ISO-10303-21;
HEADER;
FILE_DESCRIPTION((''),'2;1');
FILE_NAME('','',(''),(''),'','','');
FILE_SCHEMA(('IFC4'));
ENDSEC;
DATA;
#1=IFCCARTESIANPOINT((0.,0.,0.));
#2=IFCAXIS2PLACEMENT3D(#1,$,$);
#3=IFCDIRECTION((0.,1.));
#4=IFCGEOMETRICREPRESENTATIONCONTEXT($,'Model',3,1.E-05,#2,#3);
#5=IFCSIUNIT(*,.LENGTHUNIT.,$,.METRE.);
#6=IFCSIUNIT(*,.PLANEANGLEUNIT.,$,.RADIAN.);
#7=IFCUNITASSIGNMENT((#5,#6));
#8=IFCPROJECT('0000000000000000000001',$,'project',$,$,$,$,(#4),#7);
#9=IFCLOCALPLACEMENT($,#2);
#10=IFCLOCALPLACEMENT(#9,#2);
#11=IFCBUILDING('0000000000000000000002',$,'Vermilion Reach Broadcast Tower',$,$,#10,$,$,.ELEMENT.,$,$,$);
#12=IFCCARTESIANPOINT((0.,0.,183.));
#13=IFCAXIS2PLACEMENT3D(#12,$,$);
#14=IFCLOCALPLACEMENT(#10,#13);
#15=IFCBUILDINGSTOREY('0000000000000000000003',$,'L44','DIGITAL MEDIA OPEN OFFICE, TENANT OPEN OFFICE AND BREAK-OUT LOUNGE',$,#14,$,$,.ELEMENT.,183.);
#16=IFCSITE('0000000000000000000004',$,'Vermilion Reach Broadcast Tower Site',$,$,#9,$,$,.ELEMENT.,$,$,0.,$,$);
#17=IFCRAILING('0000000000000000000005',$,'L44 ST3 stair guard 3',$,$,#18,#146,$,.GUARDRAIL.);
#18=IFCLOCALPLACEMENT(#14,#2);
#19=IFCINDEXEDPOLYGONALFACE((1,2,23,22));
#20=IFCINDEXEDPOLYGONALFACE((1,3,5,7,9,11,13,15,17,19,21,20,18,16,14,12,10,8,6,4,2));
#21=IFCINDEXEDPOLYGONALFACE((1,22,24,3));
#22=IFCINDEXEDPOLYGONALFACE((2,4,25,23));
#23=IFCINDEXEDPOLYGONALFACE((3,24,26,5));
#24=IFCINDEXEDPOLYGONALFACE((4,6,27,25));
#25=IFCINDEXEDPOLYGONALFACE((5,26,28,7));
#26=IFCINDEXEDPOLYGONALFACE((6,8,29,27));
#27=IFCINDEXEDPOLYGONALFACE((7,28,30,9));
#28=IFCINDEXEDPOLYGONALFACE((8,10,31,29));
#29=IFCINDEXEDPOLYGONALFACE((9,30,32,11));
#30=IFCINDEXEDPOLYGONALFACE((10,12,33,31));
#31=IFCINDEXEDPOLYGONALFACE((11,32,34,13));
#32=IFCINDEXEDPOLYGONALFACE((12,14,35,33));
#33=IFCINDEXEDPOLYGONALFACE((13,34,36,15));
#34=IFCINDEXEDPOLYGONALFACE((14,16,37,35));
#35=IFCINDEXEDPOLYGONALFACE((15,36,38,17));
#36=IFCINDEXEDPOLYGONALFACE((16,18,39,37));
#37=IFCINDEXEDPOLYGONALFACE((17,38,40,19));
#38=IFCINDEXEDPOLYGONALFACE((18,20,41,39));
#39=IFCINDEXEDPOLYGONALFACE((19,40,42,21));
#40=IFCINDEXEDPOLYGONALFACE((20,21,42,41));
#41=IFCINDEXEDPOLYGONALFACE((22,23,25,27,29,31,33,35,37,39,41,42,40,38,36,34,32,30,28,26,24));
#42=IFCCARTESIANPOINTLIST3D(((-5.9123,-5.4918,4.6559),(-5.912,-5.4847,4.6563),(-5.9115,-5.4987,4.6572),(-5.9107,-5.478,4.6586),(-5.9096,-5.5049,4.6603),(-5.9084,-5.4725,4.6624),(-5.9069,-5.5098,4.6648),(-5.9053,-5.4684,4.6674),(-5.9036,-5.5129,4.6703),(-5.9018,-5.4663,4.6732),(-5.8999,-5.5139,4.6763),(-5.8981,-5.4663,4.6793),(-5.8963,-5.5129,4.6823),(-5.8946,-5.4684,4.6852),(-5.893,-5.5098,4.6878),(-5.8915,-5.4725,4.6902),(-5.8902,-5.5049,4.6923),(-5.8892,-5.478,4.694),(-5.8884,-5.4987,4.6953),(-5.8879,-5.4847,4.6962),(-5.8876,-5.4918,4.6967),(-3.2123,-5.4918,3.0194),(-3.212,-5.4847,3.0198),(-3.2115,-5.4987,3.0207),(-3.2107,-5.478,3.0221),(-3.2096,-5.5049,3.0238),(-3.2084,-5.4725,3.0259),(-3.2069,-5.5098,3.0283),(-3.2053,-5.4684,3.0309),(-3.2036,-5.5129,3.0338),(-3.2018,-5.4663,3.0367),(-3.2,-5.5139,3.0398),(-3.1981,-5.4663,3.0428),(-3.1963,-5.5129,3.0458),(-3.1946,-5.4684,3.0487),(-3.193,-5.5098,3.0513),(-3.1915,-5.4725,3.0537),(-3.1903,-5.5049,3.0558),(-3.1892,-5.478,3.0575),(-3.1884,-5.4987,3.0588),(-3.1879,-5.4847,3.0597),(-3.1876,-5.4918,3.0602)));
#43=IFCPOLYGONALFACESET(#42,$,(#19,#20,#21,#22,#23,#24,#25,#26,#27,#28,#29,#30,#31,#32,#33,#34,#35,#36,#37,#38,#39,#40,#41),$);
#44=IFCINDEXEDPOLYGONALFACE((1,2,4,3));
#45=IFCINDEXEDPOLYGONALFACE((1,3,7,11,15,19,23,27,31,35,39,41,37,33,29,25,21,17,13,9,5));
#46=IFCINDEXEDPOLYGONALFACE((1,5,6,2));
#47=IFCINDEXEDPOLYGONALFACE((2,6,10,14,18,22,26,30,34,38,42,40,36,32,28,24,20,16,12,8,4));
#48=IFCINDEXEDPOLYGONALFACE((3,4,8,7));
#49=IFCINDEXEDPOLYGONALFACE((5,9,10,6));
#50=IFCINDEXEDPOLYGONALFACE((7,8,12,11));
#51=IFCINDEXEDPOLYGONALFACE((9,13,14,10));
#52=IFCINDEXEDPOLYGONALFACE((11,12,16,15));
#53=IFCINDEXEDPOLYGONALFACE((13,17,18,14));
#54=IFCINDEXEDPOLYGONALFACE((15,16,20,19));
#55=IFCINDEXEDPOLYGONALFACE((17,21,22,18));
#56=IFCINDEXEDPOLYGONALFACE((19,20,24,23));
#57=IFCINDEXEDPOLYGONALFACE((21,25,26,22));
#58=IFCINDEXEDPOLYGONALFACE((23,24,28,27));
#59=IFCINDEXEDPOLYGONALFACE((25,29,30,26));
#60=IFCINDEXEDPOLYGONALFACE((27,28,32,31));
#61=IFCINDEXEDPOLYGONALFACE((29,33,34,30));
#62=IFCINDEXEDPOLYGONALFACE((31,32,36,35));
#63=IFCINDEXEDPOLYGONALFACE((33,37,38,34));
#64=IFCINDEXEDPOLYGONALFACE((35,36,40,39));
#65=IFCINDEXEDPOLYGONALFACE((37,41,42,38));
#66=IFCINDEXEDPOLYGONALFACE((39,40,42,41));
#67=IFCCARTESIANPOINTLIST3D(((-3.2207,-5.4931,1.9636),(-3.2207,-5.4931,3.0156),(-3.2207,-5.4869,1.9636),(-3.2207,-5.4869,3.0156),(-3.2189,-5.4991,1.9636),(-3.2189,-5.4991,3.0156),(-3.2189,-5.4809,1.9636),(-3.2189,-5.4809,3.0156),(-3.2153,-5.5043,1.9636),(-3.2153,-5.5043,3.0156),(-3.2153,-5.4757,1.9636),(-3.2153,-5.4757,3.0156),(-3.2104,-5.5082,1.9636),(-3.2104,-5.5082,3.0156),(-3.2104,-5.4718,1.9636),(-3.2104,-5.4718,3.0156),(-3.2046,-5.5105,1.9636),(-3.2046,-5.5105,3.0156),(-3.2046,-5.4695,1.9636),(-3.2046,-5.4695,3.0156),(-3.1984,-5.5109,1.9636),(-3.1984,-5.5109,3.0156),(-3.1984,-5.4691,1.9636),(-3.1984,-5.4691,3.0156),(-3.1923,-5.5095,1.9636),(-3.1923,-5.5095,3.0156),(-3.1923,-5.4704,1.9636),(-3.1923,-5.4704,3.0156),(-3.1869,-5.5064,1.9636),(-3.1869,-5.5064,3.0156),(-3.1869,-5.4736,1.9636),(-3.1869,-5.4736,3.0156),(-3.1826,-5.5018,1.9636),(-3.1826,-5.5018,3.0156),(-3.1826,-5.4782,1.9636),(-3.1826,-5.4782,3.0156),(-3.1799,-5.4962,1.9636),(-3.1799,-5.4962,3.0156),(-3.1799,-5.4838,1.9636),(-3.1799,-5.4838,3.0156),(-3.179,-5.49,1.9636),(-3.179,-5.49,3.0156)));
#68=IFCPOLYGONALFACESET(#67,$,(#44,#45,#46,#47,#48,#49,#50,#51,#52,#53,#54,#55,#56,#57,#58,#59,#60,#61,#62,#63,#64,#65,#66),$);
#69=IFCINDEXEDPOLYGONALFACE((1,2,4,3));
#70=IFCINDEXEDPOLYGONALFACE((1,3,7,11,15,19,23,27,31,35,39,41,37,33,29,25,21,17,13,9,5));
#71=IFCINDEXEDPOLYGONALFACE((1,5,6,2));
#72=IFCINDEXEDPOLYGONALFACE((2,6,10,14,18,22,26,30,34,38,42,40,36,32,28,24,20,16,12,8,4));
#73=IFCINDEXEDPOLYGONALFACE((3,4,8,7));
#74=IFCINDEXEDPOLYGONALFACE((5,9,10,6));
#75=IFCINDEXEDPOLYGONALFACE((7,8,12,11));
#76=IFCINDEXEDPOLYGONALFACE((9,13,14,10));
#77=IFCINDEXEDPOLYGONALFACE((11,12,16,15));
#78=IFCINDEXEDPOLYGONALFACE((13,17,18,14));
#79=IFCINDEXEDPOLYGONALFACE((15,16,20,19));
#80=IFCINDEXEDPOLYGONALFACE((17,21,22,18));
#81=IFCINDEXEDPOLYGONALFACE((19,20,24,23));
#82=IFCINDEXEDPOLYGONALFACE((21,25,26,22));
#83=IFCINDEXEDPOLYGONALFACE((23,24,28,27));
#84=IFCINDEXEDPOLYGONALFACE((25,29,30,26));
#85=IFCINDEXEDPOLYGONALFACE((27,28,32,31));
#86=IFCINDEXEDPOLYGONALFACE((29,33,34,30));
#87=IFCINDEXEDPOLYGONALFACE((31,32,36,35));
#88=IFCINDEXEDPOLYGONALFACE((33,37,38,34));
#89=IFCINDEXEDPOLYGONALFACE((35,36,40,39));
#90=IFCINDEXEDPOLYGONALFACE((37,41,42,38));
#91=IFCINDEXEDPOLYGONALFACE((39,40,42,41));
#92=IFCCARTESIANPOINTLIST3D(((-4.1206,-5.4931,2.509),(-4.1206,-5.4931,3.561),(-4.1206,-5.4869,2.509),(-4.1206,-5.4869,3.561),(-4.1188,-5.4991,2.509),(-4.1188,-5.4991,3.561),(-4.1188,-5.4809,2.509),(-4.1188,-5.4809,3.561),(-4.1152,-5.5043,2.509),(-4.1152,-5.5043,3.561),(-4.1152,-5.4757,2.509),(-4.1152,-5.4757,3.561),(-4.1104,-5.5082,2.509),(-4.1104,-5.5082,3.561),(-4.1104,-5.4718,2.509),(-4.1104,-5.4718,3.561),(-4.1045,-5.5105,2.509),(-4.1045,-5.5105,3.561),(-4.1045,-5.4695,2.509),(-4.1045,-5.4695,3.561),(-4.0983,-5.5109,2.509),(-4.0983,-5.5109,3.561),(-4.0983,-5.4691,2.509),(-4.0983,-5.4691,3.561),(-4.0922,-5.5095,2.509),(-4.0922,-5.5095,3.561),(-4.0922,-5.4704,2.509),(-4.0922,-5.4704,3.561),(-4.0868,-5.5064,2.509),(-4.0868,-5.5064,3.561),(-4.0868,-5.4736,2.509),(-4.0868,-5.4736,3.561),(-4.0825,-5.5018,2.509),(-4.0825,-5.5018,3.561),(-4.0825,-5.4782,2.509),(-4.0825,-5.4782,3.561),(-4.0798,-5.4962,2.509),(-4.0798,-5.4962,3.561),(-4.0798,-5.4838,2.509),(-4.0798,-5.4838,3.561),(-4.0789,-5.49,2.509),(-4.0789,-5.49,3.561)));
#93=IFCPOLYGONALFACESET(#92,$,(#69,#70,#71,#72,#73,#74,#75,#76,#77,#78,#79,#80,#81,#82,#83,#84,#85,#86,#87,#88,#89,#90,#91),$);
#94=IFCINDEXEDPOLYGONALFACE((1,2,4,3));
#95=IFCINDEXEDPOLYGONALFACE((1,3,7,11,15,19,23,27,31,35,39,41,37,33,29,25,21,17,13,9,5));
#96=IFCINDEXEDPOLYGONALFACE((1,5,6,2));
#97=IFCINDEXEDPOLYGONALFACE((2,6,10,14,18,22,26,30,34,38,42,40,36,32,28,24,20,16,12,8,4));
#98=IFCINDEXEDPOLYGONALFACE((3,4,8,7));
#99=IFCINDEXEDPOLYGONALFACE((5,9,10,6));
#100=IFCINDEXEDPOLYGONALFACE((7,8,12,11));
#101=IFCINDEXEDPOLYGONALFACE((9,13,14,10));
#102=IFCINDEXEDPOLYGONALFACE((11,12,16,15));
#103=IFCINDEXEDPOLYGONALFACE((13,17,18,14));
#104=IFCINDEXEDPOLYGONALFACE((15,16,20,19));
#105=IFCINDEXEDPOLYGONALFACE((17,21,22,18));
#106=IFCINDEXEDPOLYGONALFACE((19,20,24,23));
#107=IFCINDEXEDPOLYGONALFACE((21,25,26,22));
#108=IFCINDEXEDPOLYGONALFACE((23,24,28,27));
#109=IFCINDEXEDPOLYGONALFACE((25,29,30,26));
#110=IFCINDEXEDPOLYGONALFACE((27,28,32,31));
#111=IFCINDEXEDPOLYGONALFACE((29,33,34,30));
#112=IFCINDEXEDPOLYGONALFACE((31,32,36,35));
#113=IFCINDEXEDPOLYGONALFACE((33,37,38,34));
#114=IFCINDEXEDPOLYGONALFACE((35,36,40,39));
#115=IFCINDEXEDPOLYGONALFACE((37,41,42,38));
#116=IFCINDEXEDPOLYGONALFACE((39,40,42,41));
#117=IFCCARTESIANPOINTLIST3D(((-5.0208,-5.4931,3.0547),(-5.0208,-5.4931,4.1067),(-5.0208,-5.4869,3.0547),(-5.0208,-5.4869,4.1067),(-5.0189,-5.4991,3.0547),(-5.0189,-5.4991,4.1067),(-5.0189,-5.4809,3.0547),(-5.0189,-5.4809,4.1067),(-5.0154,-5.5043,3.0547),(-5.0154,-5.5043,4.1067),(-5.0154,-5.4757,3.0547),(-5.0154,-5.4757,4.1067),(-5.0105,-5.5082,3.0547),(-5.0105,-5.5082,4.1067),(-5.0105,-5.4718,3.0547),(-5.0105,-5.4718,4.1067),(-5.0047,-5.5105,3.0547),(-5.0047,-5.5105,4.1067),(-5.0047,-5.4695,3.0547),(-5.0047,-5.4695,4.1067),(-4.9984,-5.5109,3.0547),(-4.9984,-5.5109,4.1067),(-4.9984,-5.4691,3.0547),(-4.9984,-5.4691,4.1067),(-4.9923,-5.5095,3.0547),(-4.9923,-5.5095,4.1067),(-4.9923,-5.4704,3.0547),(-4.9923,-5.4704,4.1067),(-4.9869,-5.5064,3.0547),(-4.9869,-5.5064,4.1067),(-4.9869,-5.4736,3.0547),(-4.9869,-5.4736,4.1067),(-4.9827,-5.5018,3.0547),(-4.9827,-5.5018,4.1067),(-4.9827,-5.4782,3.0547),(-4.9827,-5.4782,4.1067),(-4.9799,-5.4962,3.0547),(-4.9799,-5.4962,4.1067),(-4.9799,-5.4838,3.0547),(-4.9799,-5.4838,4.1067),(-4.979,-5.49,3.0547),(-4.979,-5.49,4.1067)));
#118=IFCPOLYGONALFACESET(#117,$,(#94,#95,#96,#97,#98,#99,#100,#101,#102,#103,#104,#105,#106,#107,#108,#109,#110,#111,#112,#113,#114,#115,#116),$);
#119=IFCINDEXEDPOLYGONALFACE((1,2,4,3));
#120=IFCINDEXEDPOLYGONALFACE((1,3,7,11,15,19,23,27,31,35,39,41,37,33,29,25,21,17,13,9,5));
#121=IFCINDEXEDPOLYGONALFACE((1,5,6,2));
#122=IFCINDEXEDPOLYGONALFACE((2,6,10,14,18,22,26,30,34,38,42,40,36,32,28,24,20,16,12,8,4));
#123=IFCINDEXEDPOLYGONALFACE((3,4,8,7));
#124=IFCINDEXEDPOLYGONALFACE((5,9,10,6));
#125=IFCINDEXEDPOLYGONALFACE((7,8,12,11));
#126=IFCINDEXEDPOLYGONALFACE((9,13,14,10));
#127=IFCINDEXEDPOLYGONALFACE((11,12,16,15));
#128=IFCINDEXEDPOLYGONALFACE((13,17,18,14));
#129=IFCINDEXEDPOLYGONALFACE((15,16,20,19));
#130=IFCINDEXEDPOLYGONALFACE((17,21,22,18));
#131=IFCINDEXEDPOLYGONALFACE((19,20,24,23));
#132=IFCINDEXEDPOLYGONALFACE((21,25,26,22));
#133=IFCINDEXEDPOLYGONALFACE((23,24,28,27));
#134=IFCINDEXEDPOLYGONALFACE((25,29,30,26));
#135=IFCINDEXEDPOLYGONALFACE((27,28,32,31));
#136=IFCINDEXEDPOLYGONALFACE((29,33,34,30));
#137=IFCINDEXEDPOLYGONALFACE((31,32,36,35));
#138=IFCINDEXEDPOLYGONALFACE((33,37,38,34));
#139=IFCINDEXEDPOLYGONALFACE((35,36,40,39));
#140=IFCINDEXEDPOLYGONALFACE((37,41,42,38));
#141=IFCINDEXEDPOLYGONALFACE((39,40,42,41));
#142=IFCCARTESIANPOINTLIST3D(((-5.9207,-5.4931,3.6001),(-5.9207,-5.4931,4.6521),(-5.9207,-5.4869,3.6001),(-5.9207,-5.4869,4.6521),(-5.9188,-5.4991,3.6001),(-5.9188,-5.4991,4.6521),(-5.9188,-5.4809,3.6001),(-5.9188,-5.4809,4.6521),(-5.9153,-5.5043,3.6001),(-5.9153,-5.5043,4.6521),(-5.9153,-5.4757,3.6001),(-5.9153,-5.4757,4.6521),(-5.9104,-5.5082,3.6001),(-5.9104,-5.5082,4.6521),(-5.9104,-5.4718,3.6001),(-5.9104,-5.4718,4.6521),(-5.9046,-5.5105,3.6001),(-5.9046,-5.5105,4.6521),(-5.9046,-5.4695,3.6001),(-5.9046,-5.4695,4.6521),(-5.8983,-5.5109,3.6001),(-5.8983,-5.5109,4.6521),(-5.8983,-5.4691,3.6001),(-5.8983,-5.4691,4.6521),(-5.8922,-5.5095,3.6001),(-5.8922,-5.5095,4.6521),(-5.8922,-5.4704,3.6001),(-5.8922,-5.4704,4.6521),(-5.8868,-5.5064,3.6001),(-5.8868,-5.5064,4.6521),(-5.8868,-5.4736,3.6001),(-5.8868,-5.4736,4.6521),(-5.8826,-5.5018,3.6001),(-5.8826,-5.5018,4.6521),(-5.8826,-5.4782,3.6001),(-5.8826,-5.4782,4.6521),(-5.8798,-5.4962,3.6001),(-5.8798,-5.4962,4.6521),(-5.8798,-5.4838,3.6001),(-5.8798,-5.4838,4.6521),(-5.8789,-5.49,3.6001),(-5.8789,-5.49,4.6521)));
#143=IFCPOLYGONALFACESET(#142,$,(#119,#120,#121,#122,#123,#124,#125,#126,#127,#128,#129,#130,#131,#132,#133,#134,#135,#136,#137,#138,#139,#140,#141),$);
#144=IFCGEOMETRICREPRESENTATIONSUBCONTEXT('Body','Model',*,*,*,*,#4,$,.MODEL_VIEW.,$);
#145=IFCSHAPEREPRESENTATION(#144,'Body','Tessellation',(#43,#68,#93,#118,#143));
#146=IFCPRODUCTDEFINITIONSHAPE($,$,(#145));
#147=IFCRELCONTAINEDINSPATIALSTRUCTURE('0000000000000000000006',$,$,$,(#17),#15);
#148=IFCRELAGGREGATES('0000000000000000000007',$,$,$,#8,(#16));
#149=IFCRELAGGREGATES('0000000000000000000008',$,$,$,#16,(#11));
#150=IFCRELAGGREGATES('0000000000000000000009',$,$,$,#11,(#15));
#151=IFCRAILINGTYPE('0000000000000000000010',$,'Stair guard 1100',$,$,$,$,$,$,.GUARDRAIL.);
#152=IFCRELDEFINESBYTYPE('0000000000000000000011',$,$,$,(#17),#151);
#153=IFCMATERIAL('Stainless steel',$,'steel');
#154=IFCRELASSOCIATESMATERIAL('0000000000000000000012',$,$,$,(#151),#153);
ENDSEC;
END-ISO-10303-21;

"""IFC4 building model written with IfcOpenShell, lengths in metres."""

from ifc_helpers import new_model, si_unit, direction, frame, origin, origin_2d, place, context, subcontext, project, spatial, circle, extrude, material, type_object, element, save


model = new_model("IFC4")

# Units and contexts
model_context = context("Model", 3, precision=1e-05, world=origin(), true_north=direction((0.0, 1.0)))
body_context = subcontext(model_context, "Body", "Model", "MODEL_VIEW")
ifc_project = project(units=[si_unit("LENGTHUNIT", "METRE"), si_unit("PLANEANGLEUNIT", "RADIAN")], contexts=[model_context])

# Site, building, storey
site_placement = place(None, origin())
site = spatial("IfcSite", under=ifc_project, at=site_placement, Name="Vermilion Reach Broadcast Tower Site", CompositionType="ELEMENT", RefElevation=0.0)
building_placement = place(site_placement, origin())
building = spatial("IfcBuilding", under=site, at=building_placement, Name="Vermilion Reach Broadcast Tower", CompositionType="ELEMENT")
storey_placement = place(building_placement, frame((0.0, 0.0, 183.0)))
storey = spatial("IfcBuildingStorey", under=building, at=storey_placement, Name="L44", Description="DIGITAL MEDIA OPEN OFFICE, TENANT OPEN OFFICE AND BREAK-OUT LOUNGE", CompositionType="ELEMENT", Elevation=183.0)

# Railing
ifc_material_1 = material(Name="Stainless steel", Category="steel")
railing_type_1 = type_object("IfcRailingType", Name="Stair guard 1100", PredefinedType="GUARDRAIL", material=ifc_material_1)
railing_1_placement = place(storey_placement, frame((-3.2, -5.49, 1.9636)))
element("IfcRailing", 1, at=railing_1_placement, inside=storey, type_object=railing_type_1, Name="L44 ST3 stair guard 3", PredefinedType="GUARDRAIL", context=body_context, shape_type="SweptSolid", body=[
    extrude(circle(Radius=0.0239, at=origin_2d()), frame((0.0, 0.0, 1.0762), z_axis=(-0.855178, 0.0, 0.518334), x_axis=(0.0, -1.0, 0.0)), (0.0, 0.0, 1.0), 3.1572),
    extrude(circle(Radius=0.021, at=origin_2d()), origin(), (0.0, 0.0, 1.0), 1.052),
    extrude(circle(Radius=0.021, at=origin_2d()), frame((-0.8999, 0.0, 0.5454)), (0.0, 0.0, 1.0), 1.052),
    extrude(circle(Radius=0.021, at=origin_2d()), frame((-1.8, 0.0, 1.0911)), (0.0, 0.0, 1.0), 1.052),
    extrude(circle(Radius=0.021, at=origin_2d()), frame((-2.7, 0.0, 1.6365)), (0.0, 0.0, 1.0), 1.052),
])

save(model, "model.ifc")
